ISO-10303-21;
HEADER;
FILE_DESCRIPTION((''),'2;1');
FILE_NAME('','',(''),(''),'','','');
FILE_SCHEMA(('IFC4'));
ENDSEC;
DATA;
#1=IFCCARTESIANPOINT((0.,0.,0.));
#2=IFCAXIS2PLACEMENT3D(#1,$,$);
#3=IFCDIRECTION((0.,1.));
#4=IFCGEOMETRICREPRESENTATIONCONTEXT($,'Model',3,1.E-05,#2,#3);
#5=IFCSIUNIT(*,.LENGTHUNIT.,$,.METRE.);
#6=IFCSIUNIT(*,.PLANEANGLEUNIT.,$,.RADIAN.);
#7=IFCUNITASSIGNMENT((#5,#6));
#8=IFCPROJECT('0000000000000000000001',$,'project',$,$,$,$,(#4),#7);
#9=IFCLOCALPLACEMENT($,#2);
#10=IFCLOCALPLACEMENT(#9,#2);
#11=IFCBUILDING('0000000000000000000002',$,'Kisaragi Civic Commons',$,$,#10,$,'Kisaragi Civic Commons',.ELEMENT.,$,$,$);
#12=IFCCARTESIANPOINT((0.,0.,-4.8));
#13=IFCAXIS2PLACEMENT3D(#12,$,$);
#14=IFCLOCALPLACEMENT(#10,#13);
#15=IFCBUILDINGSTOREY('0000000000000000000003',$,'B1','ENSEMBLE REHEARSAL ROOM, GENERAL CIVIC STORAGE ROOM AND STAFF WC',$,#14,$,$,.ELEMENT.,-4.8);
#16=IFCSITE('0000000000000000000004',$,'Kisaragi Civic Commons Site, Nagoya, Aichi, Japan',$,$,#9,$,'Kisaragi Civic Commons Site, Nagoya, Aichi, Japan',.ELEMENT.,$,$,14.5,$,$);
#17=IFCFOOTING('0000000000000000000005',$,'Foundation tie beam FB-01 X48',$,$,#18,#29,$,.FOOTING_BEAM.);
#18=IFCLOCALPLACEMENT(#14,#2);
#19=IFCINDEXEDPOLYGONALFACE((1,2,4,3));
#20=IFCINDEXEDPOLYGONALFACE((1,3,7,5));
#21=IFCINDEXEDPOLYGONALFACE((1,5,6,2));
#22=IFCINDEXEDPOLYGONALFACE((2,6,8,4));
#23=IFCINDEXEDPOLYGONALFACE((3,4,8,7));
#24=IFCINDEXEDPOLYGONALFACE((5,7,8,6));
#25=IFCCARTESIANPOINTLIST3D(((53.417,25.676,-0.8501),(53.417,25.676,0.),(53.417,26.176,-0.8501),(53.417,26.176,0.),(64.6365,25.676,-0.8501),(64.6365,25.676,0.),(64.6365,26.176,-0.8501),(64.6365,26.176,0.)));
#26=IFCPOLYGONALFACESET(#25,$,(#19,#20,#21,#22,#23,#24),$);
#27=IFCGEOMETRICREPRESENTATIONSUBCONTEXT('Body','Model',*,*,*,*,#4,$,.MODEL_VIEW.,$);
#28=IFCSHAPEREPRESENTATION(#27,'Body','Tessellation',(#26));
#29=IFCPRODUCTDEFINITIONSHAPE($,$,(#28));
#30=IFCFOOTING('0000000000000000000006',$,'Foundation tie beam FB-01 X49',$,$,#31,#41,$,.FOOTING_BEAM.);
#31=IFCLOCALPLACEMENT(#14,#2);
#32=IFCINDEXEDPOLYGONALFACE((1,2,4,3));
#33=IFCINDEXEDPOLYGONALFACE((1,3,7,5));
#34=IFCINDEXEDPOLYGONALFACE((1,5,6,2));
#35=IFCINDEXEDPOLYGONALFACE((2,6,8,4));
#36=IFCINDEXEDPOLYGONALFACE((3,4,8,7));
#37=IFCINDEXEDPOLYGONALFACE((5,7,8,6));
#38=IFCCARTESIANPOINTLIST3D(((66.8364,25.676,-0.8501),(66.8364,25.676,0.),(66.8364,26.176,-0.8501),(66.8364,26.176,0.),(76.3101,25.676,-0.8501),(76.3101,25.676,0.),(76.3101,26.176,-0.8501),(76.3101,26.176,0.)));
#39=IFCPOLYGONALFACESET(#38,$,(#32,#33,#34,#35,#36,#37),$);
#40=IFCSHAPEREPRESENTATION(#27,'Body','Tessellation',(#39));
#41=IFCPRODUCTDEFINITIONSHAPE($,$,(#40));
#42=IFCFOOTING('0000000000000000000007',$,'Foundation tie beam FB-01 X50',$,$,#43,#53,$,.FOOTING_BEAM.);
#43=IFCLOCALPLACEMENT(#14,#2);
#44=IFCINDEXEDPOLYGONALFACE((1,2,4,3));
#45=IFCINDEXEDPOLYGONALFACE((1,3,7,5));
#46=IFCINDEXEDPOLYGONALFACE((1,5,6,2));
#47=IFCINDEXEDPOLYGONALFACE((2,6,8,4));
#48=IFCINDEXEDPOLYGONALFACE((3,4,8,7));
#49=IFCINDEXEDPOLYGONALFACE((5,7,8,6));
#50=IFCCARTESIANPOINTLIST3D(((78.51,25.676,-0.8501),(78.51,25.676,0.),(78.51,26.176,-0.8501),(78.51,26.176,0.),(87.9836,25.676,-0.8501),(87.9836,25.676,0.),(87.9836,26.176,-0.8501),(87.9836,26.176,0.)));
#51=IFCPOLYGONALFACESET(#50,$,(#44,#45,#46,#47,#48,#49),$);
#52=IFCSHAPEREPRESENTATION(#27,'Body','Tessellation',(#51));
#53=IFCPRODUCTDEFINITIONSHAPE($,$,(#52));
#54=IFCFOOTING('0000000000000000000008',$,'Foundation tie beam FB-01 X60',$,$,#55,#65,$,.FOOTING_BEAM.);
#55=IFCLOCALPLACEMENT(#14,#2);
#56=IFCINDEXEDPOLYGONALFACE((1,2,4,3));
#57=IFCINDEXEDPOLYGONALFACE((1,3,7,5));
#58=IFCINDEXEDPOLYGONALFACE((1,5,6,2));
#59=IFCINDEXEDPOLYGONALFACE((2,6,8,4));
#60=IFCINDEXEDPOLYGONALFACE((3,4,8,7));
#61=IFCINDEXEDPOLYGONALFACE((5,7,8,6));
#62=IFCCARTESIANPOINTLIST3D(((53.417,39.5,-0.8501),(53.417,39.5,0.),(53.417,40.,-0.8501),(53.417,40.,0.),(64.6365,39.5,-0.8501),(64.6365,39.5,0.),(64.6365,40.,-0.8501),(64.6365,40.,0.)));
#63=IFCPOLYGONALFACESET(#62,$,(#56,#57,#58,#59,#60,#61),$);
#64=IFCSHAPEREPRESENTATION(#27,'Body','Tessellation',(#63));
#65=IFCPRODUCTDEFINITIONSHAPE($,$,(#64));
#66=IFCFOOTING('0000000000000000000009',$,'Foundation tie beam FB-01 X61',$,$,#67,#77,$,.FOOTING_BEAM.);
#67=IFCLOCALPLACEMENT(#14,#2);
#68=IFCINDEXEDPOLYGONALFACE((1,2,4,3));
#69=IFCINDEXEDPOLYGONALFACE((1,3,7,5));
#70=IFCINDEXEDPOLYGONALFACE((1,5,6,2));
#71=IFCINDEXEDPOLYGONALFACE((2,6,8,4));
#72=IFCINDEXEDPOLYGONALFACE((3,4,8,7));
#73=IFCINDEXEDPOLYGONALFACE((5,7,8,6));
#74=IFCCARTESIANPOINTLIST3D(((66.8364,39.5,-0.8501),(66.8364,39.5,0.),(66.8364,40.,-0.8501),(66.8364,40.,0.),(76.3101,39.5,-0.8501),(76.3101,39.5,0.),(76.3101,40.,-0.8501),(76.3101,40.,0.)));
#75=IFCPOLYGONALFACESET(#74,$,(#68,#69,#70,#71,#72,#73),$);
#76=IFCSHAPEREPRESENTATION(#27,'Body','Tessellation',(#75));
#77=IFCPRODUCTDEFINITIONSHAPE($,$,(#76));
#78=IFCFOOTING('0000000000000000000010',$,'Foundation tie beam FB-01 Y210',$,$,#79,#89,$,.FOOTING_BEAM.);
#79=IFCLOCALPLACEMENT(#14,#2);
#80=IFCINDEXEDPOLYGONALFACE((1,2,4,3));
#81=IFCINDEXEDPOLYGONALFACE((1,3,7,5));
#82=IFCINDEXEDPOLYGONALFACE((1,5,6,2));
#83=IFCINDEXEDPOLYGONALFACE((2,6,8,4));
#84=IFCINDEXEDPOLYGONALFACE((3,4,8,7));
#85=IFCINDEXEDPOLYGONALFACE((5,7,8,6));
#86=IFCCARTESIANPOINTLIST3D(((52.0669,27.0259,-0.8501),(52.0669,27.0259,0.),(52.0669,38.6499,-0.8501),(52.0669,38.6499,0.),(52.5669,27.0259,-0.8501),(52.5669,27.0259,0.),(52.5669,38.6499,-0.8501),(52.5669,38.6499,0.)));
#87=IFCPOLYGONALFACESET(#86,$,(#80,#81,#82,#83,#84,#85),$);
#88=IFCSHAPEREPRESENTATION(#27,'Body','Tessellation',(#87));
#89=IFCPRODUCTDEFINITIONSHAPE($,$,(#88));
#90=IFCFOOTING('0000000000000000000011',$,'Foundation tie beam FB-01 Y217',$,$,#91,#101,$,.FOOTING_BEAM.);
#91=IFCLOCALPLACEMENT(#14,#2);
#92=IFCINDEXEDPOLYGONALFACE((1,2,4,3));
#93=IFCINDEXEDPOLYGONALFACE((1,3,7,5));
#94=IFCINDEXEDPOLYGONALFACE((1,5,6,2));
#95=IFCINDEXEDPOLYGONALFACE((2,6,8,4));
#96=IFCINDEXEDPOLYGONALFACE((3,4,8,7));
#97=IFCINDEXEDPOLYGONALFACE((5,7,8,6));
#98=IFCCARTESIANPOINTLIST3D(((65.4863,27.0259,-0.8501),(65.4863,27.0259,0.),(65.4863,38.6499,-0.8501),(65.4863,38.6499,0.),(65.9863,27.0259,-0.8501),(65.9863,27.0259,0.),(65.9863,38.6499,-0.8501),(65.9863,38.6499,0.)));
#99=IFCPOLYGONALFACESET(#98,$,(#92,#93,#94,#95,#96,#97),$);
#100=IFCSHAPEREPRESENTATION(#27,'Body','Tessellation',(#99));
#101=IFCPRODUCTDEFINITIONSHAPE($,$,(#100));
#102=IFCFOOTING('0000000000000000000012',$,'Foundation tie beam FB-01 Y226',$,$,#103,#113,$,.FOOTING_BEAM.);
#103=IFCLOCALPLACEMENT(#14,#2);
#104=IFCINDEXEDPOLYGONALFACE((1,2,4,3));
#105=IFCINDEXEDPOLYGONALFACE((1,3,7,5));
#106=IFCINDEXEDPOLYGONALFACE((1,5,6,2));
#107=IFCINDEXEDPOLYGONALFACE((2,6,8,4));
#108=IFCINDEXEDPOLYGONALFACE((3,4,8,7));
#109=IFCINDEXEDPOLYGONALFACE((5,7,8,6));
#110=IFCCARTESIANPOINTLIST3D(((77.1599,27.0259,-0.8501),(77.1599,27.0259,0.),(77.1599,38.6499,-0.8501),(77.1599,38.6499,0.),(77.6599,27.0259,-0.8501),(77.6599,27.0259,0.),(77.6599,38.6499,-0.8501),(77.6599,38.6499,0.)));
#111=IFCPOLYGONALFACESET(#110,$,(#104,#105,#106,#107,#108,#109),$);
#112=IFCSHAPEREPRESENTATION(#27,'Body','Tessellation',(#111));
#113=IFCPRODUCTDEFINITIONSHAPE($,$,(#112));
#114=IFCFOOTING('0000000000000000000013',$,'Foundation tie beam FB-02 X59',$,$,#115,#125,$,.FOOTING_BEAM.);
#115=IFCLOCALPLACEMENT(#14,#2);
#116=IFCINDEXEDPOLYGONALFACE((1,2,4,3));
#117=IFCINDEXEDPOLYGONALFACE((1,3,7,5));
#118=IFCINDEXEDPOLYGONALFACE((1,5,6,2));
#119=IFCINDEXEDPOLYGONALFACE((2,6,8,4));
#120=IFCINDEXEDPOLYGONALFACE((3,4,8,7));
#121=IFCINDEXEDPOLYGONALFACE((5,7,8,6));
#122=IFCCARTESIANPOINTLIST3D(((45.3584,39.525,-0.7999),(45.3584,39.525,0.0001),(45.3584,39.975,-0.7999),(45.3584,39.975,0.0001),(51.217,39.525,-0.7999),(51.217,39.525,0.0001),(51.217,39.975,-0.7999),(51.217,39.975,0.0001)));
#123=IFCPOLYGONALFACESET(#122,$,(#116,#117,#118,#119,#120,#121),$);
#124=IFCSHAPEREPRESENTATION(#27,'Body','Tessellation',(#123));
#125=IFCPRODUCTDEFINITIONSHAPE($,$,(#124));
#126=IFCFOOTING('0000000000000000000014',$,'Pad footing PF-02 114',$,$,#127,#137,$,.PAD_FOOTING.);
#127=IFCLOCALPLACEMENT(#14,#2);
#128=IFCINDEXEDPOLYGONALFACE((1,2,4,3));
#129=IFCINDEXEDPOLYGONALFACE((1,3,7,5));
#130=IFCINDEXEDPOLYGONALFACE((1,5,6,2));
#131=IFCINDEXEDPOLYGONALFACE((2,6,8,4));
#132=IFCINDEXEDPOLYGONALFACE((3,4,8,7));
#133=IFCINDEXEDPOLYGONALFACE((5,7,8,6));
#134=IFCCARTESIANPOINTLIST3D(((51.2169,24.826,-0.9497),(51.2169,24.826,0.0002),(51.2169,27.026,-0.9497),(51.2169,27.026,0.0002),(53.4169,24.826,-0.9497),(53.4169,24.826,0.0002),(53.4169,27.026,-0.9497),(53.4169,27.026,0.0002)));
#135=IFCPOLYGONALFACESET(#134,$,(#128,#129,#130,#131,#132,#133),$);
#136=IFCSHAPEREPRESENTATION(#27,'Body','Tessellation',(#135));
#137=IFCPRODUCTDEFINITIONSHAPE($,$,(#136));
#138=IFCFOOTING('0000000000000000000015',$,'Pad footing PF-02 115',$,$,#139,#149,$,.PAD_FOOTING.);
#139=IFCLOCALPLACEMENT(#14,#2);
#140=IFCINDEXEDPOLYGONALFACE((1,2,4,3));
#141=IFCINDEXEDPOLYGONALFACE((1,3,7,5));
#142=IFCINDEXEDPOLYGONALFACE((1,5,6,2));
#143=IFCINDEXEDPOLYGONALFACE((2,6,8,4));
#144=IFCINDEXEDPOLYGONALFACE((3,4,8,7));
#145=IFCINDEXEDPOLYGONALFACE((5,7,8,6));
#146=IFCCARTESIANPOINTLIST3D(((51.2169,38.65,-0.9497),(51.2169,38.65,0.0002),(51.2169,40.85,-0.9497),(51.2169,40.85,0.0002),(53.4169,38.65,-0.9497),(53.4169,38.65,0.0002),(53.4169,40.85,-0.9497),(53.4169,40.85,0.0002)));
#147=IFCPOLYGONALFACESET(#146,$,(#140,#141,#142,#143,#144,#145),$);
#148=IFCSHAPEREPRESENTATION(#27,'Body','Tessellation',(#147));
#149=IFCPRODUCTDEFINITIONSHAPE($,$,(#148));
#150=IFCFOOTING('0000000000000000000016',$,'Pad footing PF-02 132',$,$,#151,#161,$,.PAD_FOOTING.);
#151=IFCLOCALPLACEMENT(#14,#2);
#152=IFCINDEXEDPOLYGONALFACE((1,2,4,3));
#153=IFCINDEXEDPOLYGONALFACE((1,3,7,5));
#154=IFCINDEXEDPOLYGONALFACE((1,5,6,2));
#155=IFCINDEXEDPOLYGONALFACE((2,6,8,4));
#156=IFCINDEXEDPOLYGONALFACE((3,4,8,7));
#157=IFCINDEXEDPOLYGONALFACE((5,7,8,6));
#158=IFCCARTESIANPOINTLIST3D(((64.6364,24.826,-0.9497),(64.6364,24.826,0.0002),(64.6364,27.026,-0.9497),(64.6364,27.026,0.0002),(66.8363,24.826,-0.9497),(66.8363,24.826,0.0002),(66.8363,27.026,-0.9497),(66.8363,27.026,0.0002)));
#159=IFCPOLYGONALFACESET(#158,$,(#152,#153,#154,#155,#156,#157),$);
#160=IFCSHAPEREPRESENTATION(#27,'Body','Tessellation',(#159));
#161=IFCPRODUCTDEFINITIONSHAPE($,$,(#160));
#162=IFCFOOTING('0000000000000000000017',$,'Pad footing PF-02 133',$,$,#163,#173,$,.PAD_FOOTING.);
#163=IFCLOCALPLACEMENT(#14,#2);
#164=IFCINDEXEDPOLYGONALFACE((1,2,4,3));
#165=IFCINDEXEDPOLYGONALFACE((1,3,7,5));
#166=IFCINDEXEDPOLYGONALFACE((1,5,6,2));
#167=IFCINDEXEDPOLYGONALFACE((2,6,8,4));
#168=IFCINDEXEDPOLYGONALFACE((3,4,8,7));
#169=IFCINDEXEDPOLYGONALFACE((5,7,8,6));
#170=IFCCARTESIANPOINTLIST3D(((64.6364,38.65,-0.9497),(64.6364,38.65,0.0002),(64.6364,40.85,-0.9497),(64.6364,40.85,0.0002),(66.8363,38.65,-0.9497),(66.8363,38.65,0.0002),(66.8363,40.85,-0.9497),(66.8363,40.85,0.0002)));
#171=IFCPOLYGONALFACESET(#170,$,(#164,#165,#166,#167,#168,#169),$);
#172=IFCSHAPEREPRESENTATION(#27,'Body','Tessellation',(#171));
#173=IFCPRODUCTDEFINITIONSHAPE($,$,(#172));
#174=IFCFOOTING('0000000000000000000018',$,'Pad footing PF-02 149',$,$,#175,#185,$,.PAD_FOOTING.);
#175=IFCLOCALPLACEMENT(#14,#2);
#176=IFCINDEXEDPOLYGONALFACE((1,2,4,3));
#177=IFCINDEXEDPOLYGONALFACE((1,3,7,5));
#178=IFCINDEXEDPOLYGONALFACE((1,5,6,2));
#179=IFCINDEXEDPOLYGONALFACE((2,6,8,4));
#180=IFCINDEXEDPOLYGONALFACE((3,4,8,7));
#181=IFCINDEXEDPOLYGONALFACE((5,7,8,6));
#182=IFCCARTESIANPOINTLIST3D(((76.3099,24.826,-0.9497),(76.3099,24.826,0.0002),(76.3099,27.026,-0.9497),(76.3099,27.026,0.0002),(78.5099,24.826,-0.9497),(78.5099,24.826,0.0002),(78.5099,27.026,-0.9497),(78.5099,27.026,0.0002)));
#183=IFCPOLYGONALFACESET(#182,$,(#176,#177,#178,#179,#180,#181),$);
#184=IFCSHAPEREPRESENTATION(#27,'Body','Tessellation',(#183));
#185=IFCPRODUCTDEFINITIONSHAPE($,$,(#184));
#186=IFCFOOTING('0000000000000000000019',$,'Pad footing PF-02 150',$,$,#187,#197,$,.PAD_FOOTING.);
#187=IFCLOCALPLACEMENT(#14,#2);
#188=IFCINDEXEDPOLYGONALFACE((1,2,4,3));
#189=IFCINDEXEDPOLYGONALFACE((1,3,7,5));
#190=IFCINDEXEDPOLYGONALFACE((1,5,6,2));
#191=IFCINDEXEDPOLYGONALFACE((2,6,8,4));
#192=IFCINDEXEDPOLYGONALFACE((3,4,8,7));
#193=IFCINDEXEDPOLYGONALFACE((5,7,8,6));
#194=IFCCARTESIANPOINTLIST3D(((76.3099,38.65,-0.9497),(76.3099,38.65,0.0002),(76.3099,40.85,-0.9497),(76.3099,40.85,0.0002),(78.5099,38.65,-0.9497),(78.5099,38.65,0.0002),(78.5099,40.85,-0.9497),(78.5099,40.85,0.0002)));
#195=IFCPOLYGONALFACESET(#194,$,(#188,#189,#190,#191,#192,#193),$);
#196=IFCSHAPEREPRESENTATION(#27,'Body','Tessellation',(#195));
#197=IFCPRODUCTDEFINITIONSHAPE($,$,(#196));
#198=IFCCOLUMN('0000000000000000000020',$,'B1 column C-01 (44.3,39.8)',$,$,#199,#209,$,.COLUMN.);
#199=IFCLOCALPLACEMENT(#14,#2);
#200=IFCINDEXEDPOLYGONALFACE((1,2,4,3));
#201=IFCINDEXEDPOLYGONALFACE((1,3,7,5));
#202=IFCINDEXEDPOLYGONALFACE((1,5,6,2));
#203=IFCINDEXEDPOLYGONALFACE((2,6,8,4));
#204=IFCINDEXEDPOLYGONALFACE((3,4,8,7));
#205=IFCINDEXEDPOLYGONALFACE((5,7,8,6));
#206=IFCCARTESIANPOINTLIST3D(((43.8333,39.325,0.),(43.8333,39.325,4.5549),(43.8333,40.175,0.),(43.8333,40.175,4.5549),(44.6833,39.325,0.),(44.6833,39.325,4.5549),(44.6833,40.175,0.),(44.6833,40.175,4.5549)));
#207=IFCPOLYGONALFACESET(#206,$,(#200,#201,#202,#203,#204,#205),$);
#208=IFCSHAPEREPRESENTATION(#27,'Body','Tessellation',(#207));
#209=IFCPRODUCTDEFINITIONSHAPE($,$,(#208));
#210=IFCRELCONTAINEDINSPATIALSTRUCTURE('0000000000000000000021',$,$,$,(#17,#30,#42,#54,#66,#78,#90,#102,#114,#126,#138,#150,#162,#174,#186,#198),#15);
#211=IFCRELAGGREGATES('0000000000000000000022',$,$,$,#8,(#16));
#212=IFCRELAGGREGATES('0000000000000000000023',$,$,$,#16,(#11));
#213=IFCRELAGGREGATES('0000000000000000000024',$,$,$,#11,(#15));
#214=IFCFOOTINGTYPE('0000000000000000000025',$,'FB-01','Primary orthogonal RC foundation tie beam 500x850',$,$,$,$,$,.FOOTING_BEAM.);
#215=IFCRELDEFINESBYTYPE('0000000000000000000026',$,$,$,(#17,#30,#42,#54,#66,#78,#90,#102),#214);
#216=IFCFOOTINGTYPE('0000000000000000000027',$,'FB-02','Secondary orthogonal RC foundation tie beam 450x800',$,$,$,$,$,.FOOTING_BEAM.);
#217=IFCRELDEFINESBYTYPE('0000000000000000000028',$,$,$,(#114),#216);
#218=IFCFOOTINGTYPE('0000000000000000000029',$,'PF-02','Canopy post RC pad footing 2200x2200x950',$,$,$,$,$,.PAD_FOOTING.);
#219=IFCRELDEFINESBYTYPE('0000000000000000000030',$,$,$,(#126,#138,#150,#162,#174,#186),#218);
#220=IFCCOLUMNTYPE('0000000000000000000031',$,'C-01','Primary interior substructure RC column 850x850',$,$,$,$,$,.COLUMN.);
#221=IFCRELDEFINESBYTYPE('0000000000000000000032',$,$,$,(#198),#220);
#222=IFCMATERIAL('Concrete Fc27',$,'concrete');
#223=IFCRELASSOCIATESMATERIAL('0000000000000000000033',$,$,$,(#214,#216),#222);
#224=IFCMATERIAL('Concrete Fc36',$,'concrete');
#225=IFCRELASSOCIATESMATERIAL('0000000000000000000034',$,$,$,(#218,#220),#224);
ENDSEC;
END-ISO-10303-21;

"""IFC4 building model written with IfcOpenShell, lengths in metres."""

from ifc_helpers import new_model, si_unit, direction, frame, origin, origin_2d, place, context, subcontext, project, spatial, rectangle, extrude, material, material_profile, profile_set, type_object, element, save


model = new_model("IFC4")

# Units and contexts
model_context = context("Model", 3, precision=1e-05, world=origin(), true_north=direction((0.0, 1.0)))
body_context = subcontext(model_context, "Body", "Model", "MODEL_VIEW")
ifc_project = project(units=[si_unit("LENGTHUNIT", "METRE"), si_unit("PLANEANGLEUNIT", "RADIAN")], contexts=[model_context])

# Site, building, storey
site_placement = place(None, origin())
site = spatial("IfcSite", under=ifc_project, at=site_placement, Name="Kisaragi Civic Commons Site, Nagoya, Aichi, Japan", LongName="Kisaragi Civic Commons Site, Nagoya, Aichi, Japan", CompositionType="ELEMENT", RefElevation=14.5)
building_placement = place(site_placement, origin())
building = spatial("IfcBuilding", under=site, at=building_placement, Name="Kisaragi Civic Commons", LongName="Kisaragi Civic Commons", CompositionType="ELEMENT")
storey_placement = place(building_placement, frame((0.0, 0.0, -4.8)))
storey = spatial("IfcBuildingStorey", under=building, at=storey_placement, Name="B1", Description="ENSEMBLE REHEARSAL ROOM, GENERAL CIVIC STORAGE ROOM AND STAFF WC", CompositionType="ELEMENT", Elevation=-4.8)

# Footings
ifc_material_1 = material(Name="Concrete Fc27", Category="concrete")
ifc_material_profile_1 = material_profile(ifc_material_1, rectangle(XDim=0.5, YDim=0.8501, at=origin_2d()), Name="RC-500x850", Category="concrete")
ifc_profile_set_1 = profile_set([ifc_material_profile_1], Name="Concrete Fc27")
footing_type_1 = type_object("IfcFootingType", Name="FB-01", Description="Primary orthogonal RC foundation tie beam 500x850", PredefinedType="FOOTING_BEAM", material=ifc_profile_set_1)
footing_1_placement = place(storey_placement, frame((53.417, 25.926, -0.425), z_axis=(1.0, 0.0, 0.0), x_axis=(0.0, 1.0, 0.0)))
element("IfcFooting", 1, at=footing_1_placement, inside=storey, type_object=footing_type_1, Name="Foundation tie beam FB-01 X48", PredefinedType="FOOTING_BEAM", context=body_context, shape_type="SweptSolid", body=[
    extrude(rectangle(XDim=0.5, YDim=0.8501, at=origin_2d()), origin(), (0.0, 0.0, 1.0), 11.2195),
])
for number, where, z_axis, x_axis, name in (
    (2, (66.8364, 25.926, -0.425), (1.0, 0.0, 0.0), (0.0, 1.0, 0.0), "Foundation tie beam FB-01 X49"),
    (3, (78.51, 25.926, -0.425), (1.0, 0.0, 0.0), (0.0, 1.0, 0.0), "Foundation tie beam FB-01 X50"),
):
    element("IfcFooting", number, at=place(storey_placement, frame(where, z_axis=z_axis, x_axis=x_axis)), inside=storey, type_object=footing_type_1, Name=name, PredefinedType="FOOTING_BEAM", context=body_context, shape_type="SweptSolid", body=[
        extrude(rectangle(XDim=0.5, YDim=0.8501, at=origin_2d()), origin(), (0.0, 0.0, 1.0), 9.4736),
    ])
footing_2_placement = place(storey_placement, frame((53.417, 39.75, -0.425), z_axis=(1.0, 0.0, 0.0), x_axis=(0.0, 1.0, 0.0)))
element("IfcFooting", 4, at=footing_2_placement, inside=storey, type_object=footing_type_1, Name="Foundation tie beam FB-01 X60", PredefinedType="FOOTING_BEAM", context=body_context, shape_type="SweptSolid", body=[
    extrude(rectangle(XDim=0.5, YDim=0.8501, at=origin_2d()), origin(), (0.0, 0.0, 1.0), 11.2195),
])
footing_3_placement = place(storey_placement, frame((66.8364, 39.75, -0.425), z_axis=(1.0, 0.0, 0.0), x_axis=(0.0, 1.0, 0.0)))
element("IfcFooting", 5, at=footing_3_placement, inside=storey, type_object=footing_type_1, Name="Foundation tie beam FB-01 X61", PredefinedType="FOOTING_BEAM", context=body_context, shape_type="SweptSolid", body=[
    extrude(rectangle(XDim=0.5, YDim=0.8501, at=origin_2d()), origin(), (0.0, 0.0, 1.0), 9.4736),
])
for number, where, z_axis, x_axis, name in (
    (6, (52.3169, 27.0259, -0.425), (0.0, 1.0, 0.0), (-1.0, 0.0, 0.0), "Foundation tie beam FB-01 Y210"),
    (7, (65.7363, 27.0259, -0.425), (0.0, 1.0, 0.0), (-1.0, 0.0, 0.0), "Foundation tie beam FB-01 Y217"),
    (8, (77.4099, 27.0259, -0.425), (0.0, 1.0, 0.0), (-1.0, 0.0, 0.0), "Foundation tie beam FB-01 Y226"),
):
    element("IfcFooting", number, at=place(storey_placement, frame(where, z_axis=z_axis, x_axis=x_axis)), inside=storey, type_object=footing_type_1, Name=name, PredefinedType="FOOTING_BEAM", context=body_context, shape_type="SweptSolid", body=[
        extrude(rectangle(XDim=0.5, YDim=0.8501, at=origin_2d()), origin(), (0.0, 0.0, 1.0), 11.624),
    ])
ifc_material_profile_2 = material_profile(ifc_material_1, rectangle(XDim=0.45, YDim=0.8, at=origin_2d()), Name="RC-450x800", Category="concrete")
ifc_profile_set_2 = profile_set([ifc_material_profile_2], Name="Concrete Fc27")
footing_type_2 = type_object("IfcFootingType", Name="FB-02", Description="Secondary orthogonal RC foundation tie beam 450x800", PredefinedType="FOOTING_BEAM", material=ifc_profile_set_2)
footing_4_placement = place(storey_placement, frame((45.3584, 39.75, -0.3999), z_axis=(1.0, 0.0, 0.0), x_axis=(0.0, 1.0, 0.0)))
element("IfcFooting", 9, at=footing_4_placement, inside=storey, type_object=footing_type_2, Name="Foundation tie beam FB-02 X59", PredefinedType="FOOTING_BEAM", context=body_context, shape_type="SweptSolid", body=[
    extrude(rectangle(XDim=0.45, YDim=0.8, at=origin_2d()), origin(), (0.0, 0.0, 1.0), 5.8586),
])
ifc_material_2 = material(Name="Concrete Fc36", Category="concrete")
footing_type_3 = type_object("IfcFootingType", Name="PF-02", Description="Canopy post RC pad footing 2200x2200x950", PredefinedType="PAD_FOOTING", material=ifc_material_2)
for number, where, z_axis, x_axis, name in (
    (10, (52.3169, 25.926, -0.9497), (0.0, 0.0, 1.0), (1.0, 0.0, 0.0), "Pad footing PF-02 114"),
    (11, (52.3169, 39.75, -0.9497), (0.0, 0.0, 1.0), (1.0, 0.0, 0.0), "Pad footing PF-02 115"),
    (12, (65.7363, 25.926, -0.9497), (0.0, 0.0, 1.0), (1.0, 0.0, 0.0), "Pad footing PF-02 132"),
    (13, (65.7363, 39.75, -0.9497), (0.0, 0.0, 1.0), (1.0, 0.0, 0.0), "Pad footing PF-02 133"),
    (14, (77.4099, 25.926, -0.9497), (0.0, 0.0, 1.0), (1.0, 0.0, 0.0), "Pad footing PF-02 149"),
    (15, (77.4099, 39.75, -0.9497), (0.0, 0.0, 1.0), (1.0, 0.0, 0.0), "Pad footing PF-02 150"),
):
    element("IfcFooting", number, at=place(storey_placement, frame(where, z_axis=z_axis, x_axis=x_axis)), inside=storey, type_object=footing_type_3, Name=name, PredefinedType="PAD_FOOTING", context=body_context, shape_type="SweptSolid", body=[
        extrude(rectangle(XDim=2.2, YDim=2.2, at=origin_2d()), origin(), (0.0, 0.0, 1.0), 0.95),
    ])

# Column
ifc_material_profile_3 = material_profile(ifc_material_2, rectangle(XDim=0.8501, YDim=0.8501, at=origin_2d()), Name="RC-850x850", Category="concrete")
ifc_profile_set_3 = profile_set([ifc_material_profile_3], Name="Concrete Fc36")
column_type = type_object("IfcColumnType", Name="C-01", Description="Primary interior substructure RC column 850x850", PredefinedType="COLUMN", material=ifc_profile_set_3)
for number, where, z_axis, x_axis, name in (
    (16, (44.2583, 39.75, 0.0), (0.0, 0.0, 1.0), (1.0, 0.0, 0.0), "B1 column C-01 (44.3,39.8)"),
):
    element("IfcColumn", number, at=place(storey_placement, frame(where, z_axis=z_axis, x_axis=x_axis)), inside=storey, type_object=column_type, Name=name, PredefinedType="COLUMN", context=body_context, shape_type="SweptSolid", body=[
        extrude(rectangle(XDim=0.8501, YDim=0.8501, at=origin_2d()), origin(), (0.0, 0.0, 1.0), 4.5549),
    ])

save(model, "model.ifc")
